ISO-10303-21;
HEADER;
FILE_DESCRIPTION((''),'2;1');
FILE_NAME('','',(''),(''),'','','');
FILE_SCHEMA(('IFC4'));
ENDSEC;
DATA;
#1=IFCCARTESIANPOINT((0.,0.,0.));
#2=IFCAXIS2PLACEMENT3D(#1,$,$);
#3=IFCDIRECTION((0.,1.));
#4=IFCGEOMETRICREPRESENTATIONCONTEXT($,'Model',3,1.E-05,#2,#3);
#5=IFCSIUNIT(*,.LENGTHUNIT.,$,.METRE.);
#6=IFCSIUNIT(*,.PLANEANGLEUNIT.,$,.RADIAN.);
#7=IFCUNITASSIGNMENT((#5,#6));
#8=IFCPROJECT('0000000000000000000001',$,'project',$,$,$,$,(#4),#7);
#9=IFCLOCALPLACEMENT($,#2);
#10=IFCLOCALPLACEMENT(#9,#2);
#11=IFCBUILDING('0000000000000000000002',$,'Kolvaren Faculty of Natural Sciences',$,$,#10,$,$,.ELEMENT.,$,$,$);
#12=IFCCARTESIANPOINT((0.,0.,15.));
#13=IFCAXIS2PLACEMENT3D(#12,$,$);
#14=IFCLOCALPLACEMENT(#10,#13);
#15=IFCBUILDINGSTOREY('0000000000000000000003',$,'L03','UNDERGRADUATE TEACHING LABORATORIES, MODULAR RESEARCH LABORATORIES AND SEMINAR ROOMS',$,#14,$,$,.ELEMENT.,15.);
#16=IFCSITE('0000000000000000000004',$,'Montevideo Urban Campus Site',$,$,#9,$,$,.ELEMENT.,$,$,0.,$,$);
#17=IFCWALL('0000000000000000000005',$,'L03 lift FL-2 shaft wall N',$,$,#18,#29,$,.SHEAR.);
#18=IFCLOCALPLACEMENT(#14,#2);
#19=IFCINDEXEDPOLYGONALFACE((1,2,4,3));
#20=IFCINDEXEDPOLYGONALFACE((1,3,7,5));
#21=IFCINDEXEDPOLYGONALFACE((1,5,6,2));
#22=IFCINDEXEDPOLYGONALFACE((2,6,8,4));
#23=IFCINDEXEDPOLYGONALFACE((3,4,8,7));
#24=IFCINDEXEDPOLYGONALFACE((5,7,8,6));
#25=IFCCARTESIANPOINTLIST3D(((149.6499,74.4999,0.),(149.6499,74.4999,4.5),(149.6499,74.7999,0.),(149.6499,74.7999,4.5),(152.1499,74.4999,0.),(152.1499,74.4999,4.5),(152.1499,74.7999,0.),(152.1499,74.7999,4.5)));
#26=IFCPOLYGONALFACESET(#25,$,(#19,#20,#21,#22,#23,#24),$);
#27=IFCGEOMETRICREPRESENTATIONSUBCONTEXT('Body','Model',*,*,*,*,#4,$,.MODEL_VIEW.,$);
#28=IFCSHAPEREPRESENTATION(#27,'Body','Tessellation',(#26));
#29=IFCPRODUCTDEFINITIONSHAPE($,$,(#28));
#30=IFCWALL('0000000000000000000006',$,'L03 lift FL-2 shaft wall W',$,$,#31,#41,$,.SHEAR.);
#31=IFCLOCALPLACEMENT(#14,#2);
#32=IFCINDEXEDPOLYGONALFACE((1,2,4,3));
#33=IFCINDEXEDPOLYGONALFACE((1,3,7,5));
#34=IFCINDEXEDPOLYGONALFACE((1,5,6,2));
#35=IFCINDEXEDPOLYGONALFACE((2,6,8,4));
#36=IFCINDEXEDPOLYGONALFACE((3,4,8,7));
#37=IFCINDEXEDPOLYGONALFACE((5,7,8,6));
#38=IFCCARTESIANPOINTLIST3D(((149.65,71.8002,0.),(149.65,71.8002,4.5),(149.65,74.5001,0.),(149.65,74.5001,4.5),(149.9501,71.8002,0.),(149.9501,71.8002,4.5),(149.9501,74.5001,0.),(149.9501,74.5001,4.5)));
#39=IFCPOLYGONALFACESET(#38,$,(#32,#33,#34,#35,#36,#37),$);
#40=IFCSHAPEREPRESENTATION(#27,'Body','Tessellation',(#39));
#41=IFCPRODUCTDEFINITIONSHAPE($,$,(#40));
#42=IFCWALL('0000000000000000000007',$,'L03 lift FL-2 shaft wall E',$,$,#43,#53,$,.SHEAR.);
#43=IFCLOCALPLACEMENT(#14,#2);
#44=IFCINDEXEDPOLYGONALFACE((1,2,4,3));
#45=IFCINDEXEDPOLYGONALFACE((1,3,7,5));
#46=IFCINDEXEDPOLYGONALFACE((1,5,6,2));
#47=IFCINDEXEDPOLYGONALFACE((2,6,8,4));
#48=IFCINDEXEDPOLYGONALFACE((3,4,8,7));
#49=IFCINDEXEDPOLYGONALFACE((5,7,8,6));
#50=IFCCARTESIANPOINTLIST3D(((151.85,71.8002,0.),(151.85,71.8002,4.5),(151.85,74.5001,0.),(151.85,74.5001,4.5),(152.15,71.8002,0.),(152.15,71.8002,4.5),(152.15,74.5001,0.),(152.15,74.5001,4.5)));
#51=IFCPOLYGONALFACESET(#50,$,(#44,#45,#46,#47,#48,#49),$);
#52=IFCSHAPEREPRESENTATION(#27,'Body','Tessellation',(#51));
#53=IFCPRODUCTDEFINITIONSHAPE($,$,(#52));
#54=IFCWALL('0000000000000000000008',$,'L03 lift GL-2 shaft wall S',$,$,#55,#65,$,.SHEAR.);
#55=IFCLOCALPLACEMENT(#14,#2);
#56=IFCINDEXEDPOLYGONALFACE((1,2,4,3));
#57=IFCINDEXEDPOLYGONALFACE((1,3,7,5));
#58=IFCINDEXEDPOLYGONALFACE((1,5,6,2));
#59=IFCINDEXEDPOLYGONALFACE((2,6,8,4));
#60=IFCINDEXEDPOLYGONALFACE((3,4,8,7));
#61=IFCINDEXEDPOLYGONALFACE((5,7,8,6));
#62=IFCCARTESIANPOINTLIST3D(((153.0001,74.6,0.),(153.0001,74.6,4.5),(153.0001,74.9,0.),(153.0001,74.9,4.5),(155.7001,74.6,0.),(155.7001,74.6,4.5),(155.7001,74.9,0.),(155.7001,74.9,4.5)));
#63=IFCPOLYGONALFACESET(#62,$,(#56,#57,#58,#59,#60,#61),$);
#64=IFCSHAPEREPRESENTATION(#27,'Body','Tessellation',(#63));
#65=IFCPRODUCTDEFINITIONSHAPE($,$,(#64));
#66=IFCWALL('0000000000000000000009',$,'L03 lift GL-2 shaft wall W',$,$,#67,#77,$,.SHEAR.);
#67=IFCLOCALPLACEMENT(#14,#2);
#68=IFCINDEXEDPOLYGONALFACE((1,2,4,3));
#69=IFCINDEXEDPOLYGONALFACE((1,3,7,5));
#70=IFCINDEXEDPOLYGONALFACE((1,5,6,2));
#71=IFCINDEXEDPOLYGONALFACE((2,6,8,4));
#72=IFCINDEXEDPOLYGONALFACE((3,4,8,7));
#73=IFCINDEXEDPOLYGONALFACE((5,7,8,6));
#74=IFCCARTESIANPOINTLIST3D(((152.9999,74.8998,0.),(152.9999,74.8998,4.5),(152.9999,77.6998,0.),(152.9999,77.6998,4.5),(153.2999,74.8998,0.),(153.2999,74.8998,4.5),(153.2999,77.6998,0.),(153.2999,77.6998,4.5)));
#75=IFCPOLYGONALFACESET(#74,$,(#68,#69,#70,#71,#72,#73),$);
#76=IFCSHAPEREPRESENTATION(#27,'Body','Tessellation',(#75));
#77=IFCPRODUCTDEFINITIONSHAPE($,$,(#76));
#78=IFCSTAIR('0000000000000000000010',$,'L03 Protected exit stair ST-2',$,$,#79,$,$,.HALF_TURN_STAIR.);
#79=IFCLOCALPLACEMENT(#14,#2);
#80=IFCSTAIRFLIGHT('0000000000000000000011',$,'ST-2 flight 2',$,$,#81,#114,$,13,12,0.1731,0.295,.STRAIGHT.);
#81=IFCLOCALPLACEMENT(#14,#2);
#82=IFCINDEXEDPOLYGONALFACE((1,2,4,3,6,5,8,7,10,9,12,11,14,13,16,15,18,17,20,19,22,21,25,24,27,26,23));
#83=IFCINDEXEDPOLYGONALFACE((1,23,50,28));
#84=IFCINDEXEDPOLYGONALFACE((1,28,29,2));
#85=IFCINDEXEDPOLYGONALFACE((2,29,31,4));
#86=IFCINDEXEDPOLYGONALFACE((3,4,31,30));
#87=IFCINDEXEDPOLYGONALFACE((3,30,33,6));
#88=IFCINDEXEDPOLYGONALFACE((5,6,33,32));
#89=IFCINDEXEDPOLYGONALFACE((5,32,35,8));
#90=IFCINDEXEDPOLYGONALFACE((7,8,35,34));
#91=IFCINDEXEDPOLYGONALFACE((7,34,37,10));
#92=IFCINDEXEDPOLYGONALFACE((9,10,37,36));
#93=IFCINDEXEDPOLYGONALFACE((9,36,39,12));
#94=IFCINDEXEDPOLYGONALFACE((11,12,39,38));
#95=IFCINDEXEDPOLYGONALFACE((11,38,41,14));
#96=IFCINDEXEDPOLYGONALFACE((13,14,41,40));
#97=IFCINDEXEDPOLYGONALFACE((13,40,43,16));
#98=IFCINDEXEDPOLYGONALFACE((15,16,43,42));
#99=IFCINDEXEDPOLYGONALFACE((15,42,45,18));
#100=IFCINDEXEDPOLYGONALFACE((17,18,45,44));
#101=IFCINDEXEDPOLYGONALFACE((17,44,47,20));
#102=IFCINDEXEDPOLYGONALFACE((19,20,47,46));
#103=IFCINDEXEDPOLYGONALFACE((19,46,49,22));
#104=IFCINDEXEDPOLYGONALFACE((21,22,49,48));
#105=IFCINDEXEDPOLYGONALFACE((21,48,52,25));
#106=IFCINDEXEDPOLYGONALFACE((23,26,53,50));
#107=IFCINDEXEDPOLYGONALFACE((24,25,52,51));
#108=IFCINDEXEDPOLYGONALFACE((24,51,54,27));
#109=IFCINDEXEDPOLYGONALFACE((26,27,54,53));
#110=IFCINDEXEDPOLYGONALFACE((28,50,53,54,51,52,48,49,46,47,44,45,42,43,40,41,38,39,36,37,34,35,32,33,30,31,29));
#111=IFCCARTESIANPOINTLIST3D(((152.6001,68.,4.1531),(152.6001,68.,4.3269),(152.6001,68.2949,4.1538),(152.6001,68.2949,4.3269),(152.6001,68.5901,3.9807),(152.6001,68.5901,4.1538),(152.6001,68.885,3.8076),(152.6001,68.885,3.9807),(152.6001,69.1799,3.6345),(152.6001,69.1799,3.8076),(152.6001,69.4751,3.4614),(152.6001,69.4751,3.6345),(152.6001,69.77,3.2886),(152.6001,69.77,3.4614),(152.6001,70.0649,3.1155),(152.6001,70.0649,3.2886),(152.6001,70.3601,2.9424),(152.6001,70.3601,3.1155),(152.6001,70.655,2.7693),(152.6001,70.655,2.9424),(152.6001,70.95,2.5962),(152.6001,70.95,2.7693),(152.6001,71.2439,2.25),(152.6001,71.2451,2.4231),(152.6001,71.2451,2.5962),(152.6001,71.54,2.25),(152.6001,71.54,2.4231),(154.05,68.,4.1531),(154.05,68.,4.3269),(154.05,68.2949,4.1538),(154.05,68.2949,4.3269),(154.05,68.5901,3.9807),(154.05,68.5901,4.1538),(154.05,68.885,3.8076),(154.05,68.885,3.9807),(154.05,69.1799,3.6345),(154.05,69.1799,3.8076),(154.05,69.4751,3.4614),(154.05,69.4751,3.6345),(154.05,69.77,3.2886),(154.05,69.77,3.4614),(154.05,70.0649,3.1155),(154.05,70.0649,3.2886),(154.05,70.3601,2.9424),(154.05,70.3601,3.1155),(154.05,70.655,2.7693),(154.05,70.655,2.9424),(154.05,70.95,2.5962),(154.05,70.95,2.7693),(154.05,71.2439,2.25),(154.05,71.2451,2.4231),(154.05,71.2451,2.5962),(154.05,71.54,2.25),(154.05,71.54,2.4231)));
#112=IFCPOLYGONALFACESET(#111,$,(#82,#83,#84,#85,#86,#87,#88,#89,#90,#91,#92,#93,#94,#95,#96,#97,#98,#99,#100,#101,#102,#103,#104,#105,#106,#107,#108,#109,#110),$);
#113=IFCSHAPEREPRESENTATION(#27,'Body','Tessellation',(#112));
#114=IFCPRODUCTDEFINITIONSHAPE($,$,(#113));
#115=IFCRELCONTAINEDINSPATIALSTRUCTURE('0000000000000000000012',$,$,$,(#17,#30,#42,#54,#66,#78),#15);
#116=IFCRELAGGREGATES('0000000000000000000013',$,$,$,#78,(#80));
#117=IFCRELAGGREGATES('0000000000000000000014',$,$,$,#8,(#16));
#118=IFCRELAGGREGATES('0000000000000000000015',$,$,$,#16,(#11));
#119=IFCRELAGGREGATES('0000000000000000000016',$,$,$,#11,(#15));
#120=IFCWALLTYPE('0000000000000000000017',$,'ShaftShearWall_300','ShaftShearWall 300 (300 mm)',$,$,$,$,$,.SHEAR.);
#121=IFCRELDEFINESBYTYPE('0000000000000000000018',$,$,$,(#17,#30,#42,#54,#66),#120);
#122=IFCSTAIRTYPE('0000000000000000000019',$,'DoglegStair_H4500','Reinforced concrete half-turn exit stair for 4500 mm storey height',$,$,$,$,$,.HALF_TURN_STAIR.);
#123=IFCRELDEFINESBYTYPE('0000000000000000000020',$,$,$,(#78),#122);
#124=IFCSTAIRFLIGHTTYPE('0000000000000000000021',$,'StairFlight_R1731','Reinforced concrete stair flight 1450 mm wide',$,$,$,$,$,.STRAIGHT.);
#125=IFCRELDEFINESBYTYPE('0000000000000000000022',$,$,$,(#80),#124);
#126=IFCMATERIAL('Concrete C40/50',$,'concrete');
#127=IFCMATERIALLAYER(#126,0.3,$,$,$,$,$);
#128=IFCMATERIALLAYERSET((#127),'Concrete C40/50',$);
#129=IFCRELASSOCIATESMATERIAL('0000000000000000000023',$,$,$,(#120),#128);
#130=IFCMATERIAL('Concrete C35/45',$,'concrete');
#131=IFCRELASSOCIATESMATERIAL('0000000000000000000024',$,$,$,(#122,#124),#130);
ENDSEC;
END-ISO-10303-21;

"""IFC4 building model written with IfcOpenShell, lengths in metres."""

from ifc_helpers import new_model, si_unit, direction, frame, frame_2d, origin, place, context, subcontext, project, spatial, polyline, rectangle, outline, extrude, material, layer, layer_set, type_object, element, aggregate, save


model = new_model("IFC4")

# Units and contexts
model_context = context("Model", 3, precision=1e-05, world=origin(), true_north=direction((0.0, 1.0)))
body_context = subcontext(model_context, "Body", "Model", "MODEL_VIEW")
ifc_project = project(units=[si_unit("LENGTHUNIT", "METRE"), si_unit("PLANEANGLEUNIT", "RADIAN")], contexts=[model_context])

# Site, building, storey
site_placement = place(None, origin())
site = spatial("IfcSite", under=ifc_project, at=site_placement, Name="Montevideo Urban Campus Site", CompositionType="ELEMENT", RefElevation=0.0)
building_placement = place(site_placement, origin())
building = spatial("IfcBuilding", under=site, at=building_placement, Name="Kolvaren Faculty of Natural Sciences", CompositionType="ELEMENT")
storey_placement = place(building_placement, frame((0.0, 0.0, 15.0)))
storey = spatial("IfcBuildingStorey", under=building, at=storey_placement, Name="L03", Description="UNDERGRADUATE TEACHING LABORATORIES, MODULAR RESEARCH LABORATORIES AND SEMINAR ROOMS", CompositionType="ELEMENT", Elevation=15.0)

# Shared definitions
ifc_material_1 = material(Name="Concrete C40/50", Category="concrete")

# Shared definitions
ifc_material_2 = material(Name="Concrete C35/45", Category="concrete")

# Shared definitions
ifc_layer_1 = layer(ifc_material_1, 0.3)
ifc_layer_set_1 = layer_set([ifc_layer_1], Name="Concrete C40/50")
wall_type_1 = type_object("IfcWallType", Name="ShaftShearWall_300", Description="ShaftShearWall 300 (300 mm)", PredefinedType="SHEAR", material=ifc_layer_set_1)

# Walls
wall_1_placement = place(storey_placement, frame((149.6499, 74.6499, 0.0), z_axis=(0.0, 0.0, 1.0), x_axis=(1.0, 0.0, 0.0)))
element("IfcWall", 1, at=wall_1_placement, inside=storey, type_object=wall_type_1, Name="L03 lift FL-2 shaft wall N", PredefinedType="SHEAR", context=body_context, shape_type="SweptSolid", body=[
    extrude(rectangle(XDim=2.5, YDim=0.3, at=frame_2d((1.25, 0.0))), origin(), (0.0, 0.0, 1.0), 4.5),
])
for number, where, z_axis, x_axis, name in (
    (2, (149.8, 71.8, 0.0), (0.0, 0.0, 1.0), (0.0, 1.0, 0.0), "L03 lift FL-2 shaft wall W"),
    (3, (152.0, 71.8, 0.0), (0.0, 0.0, 1.0), (0.0, 1.0, 0.0), "L03 lift FL-2 shaft wall E"),
    (4, (153.0, 74.75, 0.0), (0.0, 0.0, 1.0), (1.0, 0.0, 0.0), "L03 lift GL-2 shaft wall S"),
):
    element("IfcWall", number, at=place(storey_placement, frame(where, z_axis=z_axis, x_axis=x_axis)), inside=storey, type_object=wall_type_1, Name=name, PredefinedType="SHEAR", context=body_context, shape_type="SweptSolid", body=[
        extrude(rectangle(XDim=2.7, YDim=0.3, at=frame_2d((1.3501, 0.0))), origin(), (0.0, 0.0, 1.0), 4.5),
    ])
wall_2_placement = place(storey_placement, frame((153.1499, 74.8999, 0.0), z_axis=(0.0, 0.0, 1.0), x_axis=(0.0, 1.0, 0.0)))
element("IfcWall", 5, at=wall_2_placement, inside=storey, type_object=wall_type_1, Name="L03 lift GL-2 shaft wall W", PredefinedType="SHEAR", context=body_context, shape_type="SweptSolid", body=[
    extrude(rectangle(XDim=2.8, YDim=0.3, at=frame_2d((1.3999, 0.0))), origin(), (0.0, 0.0, 1.0), 4.5),
])

# Stair, stair flight
stair_type = type_object("IfcStairType", Name="DoglegStair_H4500", Description="Reinforced concrete half-turn exit stair for 4500 mm storey height", PredefinedType="HALF_TURN_STAIR", material=ifc_material_2)
stair_placement = place(storey_placement, origin())
stair = element("IfcStair", 6, at=stair_placement, inside=storey, type_object=stair_type, Name="L03 Protected exit stair ST-2", PredefinedType="HALF_TURN_STAIR")
stair_flight_type = type_object("IfcStairFlightType", Name="StairFlight_R1731", Description="Reinforced concrete stair flight 1450 mm wide", PredefinedType="STRAIGHT", material=ifc_material_2)
stair_flight_placement = place(storey_placement, frame((153.325, 71.54, 2.25), z_axis=(0.0, 0.0, 1.0), x_axis=(0.0, -1.0, 0.0)))
stair_flight = element("IfcStairFlight", 7, at=stair_flight_placement, type_object=stair_flight_type, Name="ST-2 flight 2", NumberOfRisers=13, NumberOfTreads=12, PredefinedType="STRAIGHT", RiserHeight=0.1731, TreadLength=0.295, context=body_context, shape_type="SweptSolid", body=[
    extrude(outline(polyline([(0.0, 0.0), (0.0, 0.1731), (0.2949, 0.1731), (0.2949, 0.3462), (0.5901, 0.3462), (0.5901, 0.5193), (0.885, 0.5193), (0.885, 0.6924), (1.1799, 0.6924), (1.1799, 0.8655), (1.4751, 0.8655), (1.4751, 1.0386), (1.77, 1.0386), (1.77, 1.2114), (2.0649, 1.2114), (2.0649, 1.3845), (2.3601, 1.3845), (2.3601, 1.5576), (2.655, 1.5576), (2.655, 1.7307), (2.95, 1.7307), (2.95, 1.9038), (3.2451, 1.9038), (3.2451, 2.0769), (3.54, 2.0769), (3.54, 2.25), (3.54, 1.9031), (0.2961, 0.0), (0.0, 0.0)])), frame((0.0, 0.7251, 0.0), z_axis=(0.0, -1.0, 0.0), x_axis=(1.0, 0.0, 0.0)), (0.0, 0.0, 1.0), 1.45),
])
aggregate(stair, [stair_flight])

save(model, "model.ifc")
